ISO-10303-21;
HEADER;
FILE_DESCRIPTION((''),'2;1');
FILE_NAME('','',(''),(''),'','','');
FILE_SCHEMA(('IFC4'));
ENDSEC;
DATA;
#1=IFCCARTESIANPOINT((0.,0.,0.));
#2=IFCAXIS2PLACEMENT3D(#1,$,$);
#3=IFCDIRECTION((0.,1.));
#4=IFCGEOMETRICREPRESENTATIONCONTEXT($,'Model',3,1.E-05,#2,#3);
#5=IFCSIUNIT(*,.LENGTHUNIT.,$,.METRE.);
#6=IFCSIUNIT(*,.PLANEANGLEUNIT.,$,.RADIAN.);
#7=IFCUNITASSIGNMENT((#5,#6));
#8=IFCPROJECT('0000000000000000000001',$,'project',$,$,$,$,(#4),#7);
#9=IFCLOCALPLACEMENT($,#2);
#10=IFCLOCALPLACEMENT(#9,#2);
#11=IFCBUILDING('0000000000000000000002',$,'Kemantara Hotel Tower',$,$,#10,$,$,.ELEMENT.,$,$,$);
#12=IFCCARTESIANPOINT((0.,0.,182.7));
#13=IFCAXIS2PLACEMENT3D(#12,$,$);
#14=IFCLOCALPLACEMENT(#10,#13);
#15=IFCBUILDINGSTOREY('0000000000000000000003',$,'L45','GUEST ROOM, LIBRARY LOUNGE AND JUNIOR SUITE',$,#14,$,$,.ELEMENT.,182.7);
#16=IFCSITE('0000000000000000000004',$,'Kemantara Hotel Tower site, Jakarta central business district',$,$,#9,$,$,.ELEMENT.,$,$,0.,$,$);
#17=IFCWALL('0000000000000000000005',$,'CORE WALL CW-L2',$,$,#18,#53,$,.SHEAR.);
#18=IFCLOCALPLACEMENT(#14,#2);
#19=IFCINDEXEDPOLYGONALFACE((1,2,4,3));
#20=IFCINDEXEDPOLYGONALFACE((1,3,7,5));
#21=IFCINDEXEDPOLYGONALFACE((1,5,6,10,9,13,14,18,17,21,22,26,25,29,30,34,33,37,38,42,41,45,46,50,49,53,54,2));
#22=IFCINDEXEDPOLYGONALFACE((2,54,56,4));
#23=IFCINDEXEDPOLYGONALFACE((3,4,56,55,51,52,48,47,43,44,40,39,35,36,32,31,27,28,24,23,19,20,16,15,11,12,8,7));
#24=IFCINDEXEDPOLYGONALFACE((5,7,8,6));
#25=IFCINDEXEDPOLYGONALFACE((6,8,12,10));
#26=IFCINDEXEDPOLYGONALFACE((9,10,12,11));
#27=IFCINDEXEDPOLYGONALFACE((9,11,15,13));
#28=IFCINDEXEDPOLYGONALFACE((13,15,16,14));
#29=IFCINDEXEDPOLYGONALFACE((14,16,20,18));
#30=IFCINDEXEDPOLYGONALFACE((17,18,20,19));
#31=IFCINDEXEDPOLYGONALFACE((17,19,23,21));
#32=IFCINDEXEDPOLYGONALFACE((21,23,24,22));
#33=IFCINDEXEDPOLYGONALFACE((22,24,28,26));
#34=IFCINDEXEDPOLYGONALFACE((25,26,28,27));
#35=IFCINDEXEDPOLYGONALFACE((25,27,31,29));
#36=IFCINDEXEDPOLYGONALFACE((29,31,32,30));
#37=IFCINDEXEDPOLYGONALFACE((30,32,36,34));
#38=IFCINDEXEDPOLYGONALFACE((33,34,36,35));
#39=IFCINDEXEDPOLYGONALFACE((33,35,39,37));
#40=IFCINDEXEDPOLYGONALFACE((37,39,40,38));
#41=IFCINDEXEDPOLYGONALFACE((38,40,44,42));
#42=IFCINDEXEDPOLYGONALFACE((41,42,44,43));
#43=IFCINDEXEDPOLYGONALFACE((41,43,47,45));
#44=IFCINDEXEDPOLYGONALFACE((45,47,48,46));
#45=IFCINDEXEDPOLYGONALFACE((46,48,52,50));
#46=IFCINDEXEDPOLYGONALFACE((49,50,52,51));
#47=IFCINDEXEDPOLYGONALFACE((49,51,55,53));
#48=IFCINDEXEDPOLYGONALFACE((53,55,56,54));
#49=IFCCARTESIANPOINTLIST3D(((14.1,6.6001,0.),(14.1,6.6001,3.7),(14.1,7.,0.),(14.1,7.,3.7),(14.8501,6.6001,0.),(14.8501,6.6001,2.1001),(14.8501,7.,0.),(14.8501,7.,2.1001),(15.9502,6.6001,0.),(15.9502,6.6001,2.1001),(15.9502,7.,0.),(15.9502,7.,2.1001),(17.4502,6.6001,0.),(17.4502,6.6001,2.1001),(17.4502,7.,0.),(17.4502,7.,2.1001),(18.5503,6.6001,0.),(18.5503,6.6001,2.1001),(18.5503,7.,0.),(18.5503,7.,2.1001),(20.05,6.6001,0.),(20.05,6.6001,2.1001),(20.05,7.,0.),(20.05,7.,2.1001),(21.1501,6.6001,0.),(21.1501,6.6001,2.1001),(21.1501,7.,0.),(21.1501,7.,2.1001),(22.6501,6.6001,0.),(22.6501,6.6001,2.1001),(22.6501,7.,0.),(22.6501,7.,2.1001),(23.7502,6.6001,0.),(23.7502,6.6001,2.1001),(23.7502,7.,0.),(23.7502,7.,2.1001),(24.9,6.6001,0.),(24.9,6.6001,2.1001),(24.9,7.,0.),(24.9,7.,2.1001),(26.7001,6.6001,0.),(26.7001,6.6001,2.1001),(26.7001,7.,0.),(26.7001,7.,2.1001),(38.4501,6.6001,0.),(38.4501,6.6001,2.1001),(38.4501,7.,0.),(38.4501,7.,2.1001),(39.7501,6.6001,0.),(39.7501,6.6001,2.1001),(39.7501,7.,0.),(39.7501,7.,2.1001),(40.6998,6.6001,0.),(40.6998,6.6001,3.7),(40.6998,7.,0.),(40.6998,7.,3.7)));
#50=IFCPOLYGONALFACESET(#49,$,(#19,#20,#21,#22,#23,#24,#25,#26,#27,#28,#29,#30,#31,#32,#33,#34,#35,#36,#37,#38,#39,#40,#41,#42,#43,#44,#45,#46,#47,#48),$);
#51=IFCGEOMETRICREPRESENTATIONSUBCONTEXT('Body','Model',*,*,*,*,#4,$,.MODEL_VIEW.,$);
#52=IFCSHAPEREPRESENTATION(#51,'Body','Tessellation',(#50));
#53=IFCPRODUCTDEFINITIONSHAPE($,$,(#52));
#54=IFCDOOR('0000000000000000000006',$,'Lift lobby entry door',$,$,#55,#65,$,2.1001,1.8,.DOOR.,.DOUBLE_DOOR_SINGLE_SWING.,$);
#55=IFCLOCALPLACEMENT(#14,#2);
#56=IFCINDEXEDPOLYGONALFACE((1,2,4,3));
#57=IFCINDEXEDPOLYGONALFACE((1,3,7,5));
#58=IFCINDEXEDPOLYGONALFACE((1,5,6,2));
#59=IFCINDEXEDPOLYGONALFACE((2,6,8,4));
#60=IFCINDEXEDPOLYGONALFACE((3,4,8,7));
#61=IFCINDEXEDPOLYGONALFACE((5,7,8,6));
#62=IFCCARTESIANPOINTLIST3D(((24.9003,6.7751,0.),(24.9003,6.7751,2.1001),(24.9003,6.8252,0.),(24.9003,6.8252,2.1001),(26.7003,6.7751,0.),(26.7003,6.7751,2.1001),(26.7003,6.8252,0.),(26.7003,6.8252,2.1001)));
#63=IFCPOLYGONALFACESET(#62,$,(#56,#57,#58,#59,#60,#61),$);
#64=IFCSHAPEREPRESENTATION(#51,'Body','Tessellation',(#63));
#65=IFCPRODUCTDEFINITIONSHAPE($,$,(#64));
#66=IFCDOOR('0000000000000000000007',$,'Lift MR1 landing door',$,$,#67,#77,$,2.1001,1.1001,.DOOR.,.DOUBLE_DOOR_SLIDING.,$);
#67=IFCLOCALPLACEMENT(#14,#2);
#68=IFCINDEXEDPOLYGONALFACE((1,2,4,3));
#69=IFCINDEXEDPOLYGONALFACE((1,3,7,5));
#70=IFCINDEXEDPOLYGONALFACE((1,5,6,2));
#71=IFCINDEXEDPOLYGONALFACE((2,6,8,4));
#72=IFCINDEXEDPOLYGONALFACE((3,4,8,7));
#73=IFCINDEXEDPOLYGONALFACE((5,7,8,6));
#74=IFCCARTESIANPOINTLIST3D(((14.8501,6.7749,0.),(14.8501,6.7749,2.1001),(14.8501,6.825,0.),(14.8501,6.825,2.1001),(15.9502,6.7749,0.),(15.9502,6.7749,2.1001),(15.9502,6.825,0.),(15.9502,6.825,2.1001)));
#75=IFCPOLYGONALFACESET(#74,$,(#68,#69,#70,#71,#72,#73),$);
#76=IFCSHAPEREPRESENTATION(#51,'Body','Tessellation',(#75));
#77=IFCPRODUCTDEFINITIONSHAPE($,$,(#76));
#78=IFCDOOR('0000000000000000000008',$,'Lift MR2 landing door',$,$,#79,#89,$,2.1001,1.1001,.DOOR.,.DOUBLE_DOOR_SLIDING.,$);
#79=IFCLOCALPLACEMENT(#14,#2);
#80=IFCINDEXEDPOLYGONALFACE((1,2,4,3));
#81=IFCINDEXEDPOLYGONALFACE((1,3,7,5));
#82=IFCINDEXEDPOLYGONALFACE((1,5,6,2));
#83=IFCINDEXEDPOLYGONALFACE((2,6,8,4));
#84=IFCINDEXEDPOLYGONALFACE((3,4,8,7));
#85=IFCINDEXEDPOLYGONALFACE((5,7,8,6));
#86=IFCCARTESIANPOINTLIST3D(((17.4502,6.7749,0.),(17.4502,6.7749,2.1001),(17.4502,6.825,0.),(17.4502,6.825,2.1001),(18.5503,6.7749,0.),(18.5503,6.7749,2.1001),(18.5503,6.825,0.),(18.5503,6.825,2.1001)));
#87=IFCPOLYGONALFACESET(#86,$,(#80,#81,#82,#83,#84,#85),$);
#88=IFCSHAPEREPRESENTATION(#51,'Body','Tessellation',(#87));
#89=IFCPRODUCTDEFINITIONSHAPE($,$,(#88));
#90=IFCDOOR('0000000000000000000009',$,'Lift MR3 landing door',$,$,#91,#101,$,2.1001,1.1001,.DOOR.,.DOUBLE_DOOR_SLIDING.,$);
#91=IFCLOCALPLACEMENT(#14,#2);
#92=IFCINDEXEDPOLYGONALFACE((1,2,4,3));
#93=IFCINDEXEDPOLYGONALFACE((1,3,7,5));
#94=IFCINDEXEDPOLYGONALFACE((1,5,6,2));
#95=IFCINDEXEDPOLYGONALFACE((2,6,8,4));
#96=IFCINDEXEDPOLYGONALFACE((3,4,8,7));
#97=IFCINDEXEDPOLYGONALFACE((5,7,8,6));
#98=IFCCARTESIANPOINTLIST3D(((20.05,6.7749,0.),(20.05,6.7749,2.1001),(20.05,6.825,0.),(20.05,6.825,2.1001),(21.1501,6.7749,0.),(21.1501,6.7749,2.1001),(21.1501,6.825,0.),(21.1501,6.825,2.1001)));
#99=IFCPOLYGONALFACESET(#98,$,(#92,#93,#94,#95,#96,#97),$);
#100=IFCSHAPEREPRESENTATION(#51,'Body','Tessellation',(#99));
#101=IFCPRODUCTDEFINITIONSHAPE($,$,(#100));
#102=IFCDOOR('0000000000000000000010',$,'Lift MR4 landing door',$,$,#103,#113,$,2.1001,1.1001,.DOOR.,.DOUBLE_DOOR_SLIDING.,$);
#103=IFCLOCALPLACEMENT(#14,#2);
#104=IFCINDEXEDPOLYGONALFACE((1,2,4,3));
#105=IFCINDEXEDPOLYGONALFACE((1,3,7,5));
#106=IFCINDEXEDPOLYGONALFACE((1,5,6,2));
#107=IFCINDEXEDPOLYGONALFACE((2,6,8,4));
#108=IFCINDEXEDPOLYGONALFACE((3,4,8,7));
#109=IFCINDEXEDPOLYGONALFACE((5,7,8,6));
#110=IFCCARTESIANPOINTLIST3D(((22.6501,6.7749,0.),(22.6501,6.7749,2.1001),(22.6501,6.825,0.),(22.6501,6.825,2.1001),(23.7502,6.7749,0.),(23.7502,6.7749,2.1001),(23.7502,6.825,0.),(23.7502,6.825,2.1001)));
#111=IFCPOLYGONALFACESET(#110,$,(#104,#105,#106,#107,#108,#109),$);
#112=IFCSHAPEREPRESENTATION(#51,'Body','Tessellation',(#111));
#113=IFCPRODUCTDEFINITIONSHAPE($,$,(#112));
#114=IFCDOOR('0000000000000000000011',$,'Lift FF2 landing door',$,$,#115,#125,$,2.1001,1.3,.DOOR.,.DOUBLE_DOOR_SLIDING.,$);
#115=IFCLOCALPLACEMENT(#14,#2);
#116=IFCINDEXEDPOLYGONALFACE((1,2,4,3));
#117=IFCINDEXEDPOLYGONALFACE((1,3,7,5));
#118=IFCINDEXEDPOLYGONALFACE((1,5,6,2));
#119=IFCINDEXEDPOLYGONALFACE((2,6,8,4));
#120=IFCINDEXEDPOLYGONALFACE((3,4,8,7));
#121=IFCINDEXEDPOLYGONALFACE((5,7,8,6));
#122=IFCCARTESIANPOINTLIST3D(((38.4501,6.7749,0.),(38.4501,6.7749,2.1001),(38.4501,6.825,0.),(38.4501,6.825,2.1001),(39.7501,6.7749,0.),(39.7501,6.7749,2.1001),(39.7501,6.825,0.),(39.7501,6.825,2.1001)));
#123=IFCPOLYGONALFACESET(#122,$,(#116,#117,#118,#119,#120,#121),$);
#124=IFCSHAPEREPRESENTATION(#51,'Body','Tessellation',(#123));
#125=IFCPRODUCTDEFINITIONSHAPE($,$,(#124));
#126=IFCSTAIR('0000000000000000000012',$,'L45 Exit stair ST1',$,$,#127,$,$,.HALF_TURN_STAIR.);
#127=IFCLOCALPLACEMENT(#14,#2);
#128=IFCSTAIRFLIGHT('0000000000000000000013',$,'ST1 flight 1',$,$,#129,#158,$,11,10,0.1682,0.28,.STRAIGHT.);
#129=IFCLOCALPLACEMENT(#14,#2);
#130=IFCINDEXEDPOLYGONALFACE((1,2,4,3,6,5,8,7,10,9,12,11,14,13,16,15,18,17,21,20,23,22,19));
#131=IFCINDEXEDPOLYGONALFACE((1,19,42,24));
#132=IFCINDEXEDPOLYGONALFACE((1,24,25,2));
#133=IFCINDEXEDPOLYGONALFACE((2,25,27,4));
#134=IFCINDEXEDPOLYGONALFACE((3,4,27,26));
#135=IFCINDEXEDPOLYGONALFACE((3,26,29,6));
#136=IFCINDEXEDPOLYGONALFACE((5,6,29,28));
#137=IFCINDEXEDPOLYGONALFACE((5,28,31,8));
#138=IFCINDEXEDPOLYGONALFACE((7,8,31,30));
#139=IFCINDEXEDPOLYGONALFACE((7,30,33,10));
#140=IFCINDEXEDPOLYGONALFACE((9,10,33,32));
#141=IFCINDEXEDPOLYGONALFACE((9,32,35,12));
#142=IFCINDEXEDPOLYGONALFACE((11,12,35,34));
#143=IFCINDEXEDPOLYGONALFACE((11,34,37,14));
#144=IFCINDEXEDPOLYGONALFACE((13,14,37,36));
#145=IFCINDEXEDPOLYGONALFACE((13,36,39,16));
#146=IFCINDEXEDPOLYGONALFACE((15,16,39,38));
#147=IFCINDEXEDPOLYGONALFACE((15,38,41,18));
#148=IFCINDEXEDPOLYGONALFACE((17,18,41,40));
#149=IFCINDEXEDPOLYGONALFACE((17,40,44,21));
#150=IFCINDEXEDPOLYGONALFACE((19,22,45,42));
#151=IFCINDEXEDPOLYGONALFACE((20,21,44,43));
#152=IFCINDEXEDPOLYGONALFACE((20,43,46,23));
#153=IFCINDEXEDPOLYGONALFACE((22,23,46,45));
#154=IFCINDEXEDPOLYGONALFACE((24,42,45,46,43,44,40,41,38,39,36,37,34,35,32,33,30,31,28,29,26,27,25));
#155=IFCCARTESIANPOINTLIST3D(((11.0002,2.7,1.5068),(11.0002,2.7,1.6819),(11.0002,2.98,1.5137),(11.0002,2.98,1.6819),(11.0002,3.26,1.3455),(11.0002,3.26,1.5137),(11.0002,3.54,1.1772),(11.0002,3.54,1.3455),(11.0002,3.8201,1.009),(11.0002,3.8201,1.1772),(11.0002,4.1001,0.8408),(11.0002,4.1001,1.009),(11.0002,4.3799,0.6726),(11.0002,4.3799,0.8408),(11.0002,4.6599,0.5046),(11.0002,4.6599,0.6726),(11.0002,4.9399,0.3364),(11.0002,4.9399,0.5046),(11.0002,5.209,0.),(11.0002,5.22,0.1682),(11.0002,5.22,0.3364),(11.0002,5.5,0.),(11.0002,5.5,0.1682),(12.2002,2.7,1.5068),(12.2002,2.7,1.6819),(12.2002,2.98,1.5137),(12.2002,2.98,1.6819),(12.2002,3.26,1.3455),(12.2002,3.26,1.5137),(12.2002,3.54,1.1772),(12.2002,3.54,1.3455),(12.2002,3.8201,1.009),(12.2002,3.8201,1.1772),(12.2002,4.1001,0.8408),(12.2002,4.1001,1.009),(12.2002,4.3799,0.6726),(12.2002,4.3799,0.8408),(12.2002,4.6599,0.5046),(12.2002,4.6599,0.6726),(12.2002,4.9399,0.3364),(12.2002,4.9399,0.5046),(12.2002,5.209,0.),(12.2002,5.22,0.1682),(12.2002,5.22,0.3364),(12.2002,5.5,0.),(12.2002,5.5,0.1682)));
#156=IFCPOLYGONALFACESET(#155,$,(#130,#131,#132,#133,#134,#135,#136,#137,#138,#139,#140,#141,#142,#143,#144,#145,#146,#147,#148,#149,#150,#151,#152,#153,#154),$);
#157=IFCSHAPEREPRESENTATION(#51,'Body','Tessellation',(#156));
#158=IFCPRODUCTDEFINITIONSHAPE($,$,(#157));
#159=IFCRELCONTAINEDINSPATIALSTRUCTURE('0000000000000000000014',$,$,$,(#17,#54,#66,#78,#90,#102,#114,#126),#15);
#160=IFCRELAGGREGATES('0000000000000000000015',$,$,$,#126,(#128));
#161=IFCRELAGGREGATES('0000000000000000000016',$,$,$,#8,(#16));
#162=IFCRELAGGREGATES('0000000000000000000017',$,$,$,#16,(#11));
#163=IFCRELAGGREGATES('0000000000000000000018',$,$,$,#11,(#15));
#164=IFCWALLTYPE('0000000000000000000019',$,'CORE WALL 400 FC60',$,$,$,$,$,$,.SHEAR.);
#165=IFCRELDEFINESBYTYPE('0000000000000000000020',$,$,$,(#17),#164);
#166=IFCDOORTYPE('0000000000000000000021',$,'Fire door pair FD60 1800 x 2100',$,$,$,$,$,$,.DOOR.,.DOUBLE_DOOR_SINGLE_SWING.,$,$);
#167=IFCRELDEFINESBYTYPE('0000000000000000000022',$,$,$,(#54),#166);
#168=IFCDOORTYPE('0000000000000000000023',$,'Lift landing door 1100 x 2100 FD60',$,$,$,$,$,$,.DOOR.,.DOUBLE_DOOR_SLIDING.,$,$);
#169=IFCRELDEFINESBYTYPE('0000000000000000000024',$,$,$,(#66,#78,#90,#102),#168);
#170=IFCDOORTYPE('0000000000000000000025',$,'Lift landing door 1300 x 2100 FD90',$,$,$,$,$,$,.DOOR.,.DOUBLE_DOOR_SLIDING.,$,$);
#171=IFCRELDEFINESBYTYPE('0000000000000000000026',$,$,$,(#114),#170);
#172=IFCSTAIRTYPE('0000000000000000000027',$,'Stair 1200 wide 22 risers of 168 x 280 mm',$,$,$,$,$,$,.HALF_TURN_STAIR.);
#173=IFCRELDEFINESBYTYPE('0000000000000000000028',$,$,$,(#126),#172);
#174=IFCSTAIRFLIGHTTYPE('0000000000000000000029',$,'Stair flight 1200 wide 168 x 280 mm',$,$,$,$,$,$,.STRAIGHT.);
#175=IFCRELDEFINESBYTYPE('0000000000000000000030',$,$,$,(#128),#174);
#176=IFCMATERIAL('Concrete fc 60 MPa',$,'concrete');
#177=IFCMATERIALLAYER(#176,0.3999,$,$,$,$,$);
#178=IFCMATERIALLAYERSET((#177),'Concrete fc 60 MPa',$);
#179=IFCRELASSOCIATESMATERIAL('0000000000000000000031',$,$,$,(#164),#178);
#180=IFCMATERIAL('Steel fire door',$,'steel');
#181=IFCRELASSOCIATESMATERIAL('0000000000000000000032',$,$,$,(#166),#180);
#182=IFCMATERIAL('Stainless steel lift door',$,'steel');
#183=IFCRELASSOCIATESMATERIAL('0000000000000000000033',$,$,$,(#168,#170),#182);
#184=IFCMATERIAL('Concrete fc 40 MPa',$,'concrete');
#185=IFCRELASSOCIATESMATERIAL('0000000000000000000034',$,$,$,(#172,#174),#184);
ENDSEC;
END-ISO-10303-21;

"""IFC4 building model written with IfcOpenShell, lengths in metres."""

from ifc_helpers import new_model, si_unit, direction, frame, frame_2d, origin, place, context, subcontext, project, spatial, polyline, rectangle, outline, extrude, material, layer, layer_set, type_object, element, fill, aggregate, save


model = new_model("IFC4")

# Units and contexts
model_context = context("Model", 3, precision=1e-05, world=origin(), true_north=direction((0.0, 1.0)))
body_context = subcontext(model_context, "Body", "Model", "MODEL_VIEW")
ifc_project = project(units=[si_unit("LENGTHUNIT", "METRE"), si_unit("PLANEANGLEUNIT", "RADIAN")], contexts=[model_context])

# Site, building, storey
site_placement = place(None, origin())
site = spatial("IfcSite", under=ifc_project, at=site_placement, Name="Kemantara Hotel Tower site, Jakarta central business district", CompositionType="ELEMENT", RefElevation=0.0)
building_placement = place(site_placement, origin())
building = spatial("IfcBuilding", under=site, at=building_placement, Name="Kemantara Hotel Tower", CompositionType="ELEMENT")
storey_placement = place(building_placement, frame((0.0, 0.0, 182.7)))
storey = spatial("IfcBuildingStorey", under=building, at=storey_placement, Name="L45", Description="GUEST ROOM, LIBRARY LOUNGE AND JUNIOR SUITE", CompositionType="ELEMENT", Elevation=182.7)

# Shared definitions
ifc_material_1 = material(Name="Concrete fc 60 MPa", Category="concrete")

# Shared definitions
ifc_layer_1 = layer(ifc_material_1, 0.3999)
ifc_layer_set_1 = layer_set([ifc_layer_1], Name="Concrete fc 60 MPa")
wall_type_1 = type_object("IfcWallType", Name="CORE WALL 400 FC60", PredefinedType="SHEAR", material=ifc_layer_set_1)
ifc_material_2 = material(Name="Steel fire door", Category="steel")

# Wall, openings, doors
wall_1_placement = place(storey_placement, frame((14.1001, 6.8, 0.0), z_axis=(0.0, 0.0, 1.0), x_axis=(1.0, 0.0, 0.0)))
wall_1 = element("IfcWall", 1, at=wall_1_placement, inside=storey, type_object=wall_type_1, Name="CORE WALL CW-L2", PredefinedType="SHEAR", context=body_context, shape_type="SweptSolid", body=[
    extrude(rectangle(XDim=26.5999, YDim=0.3999, at=frame_2d((13.2998, 0.0))), origin(), (0.0, 0.0, 1.0), 3.7),
])
opening_1_placement = place(wall_1_placement, frame((10.8, 0.0, 0.0)))
opening_1 = element("IfcOpeningElement", 2, at=opening_1_placement, cuts=wall_1, PredefinedType="OPENING", context=body_context, shape_type="SweptSolid", body=[
    extrude(rectangle(XDim=1.8, YDim=2.1001, at=frame_2d((0.8999, 1.05))), frame((0.0, 0.21, 0.0), z_axis=(0.0, -1.0, 0.0), x_axis=(1.0, 0.0, 0.0)), (0.0, 0.0, 1.0), 0.4199),
])
opening_2_placement = place(wall_1_placement, frame((0.75, 0.0, 0.0)))
opening_2 = element("IfcOpeningElement", 3, at=opening_2_placement, cuts=wall_1, PredefinedType="OPENING", context=body_context, shape_type="SweptSolid", body=[
    extrude(rectangle(XDim=1.1001, YDim=2.1001, at=frame_2d((0.55, 1.05))), frame((0.0, 0.21, 0.0), z_axis=(0.0, -1.0, 0.0), x_axis=(1.0, 0.0, 0.0)), (0.0, 0.0, 1.0), 0.4199),
])
opening_3_placement = place(wall_1_placement, frame((3.3501, 0.0, 0.0)))
opening_3 = element("IfcOpeningElement", 4, at=opening_3_placement, cuts=wall_1, PredefinedType="OPENING", context=body_context, shape_type="SweptSolid", body=[
    extrude(rectangle(XDim=1.1001, YDim=2.1001, at=frame_2d((0.55, 1.05))), frame((0.0, 0.21, 0.0), z_axis=(0.0, -1.0, 0.0), x_axis=(1.0, 0.0, 0.0)), (0.0, 0.0, 1.0), 0.4199),
])
opening_4_placement = place(wall_1_placement, frame((5.95, 0.0, 0.0)))
opening_4 = element("IfcOpeningElement", 5, at=opening_4_placement, cuts=wall_1, PredefinedType="OPENING", context=body_context, shape_type="SweptSolid", body=[
    extrude(rectangle(XDim=1.1001, YDim=2.1001, at=frame_2d((0.55, 1.05))), frame((0.0, 0.21, 0.0), z_axis=(0.0, -1.0, 0.0), x_axis=(1.0, 0.0, 0.0)), (0.0, 0.0, 1.0), 0.4199),
])
opening_5_placement = place(wall_1_placement, frame((8.55, 0.0, 0.0)))
opening_5 = element("IfcOpeningElement", 6, at=opening_5_placement, cuts=wall_1, PredefinedType="OPENING", context=body_context, shape_type="SweptSolid", body=[
    extrude(rectangle(XDim=1.1001, YDim=2.1001, at=frame_2d((0.55, 1.05))), frame((0.0, 0.21, 0.0), z_axis=(0.0, -1.0, 0.0), x_axis=(1.0, 0.0, 0.0)), (0.0, 0.0, 1.0), 0.4199),
])
opening_6_placement = place(wall_1_placement, frame((24.3501, 0.0, 0.0)))
opening_6 = element("IfcOpeningElement", 7, at=opening_6_placement, cuts=wall_1, PredefinedType="OPENING", context=body_context, shape_type="SweptSolid", body=[
    extrude(rectangle(XDim=1.3, YDim=2.1001, at=frame_2d((0.6499, 1.05))), frame((0.0, 0.21, 0.0), z_axis=(0.0, -1.0, 0.0), x_axis=(1.0, 0.0, 0.0)), (0.0, 0.0, 1.0), 0.4199),
])
door_type_1 = type_object("IfcDoorType", Name="Fire door pair FD60 1800 x 2100", OperationType="DOUBLE_DOOR_SINGLE_SWING", PredefinedType="DOOR", material=ifc_material_2)
door_1_placement = place(opening_1_placement, frame((1.8, 0.0, 0.0), z_axis=(0.0, 0.0, 1.0), x_axis=(-1.0, 0.0, 0.0)))
door_1 = element("IfcDoor", 8, at=door_1_placement, inside=storey, type_object=door_type_1, Name="Lift lobby entry door", OperationType="DOUBLE_DOOR_SINGLE_SWING", OverallHeight=2.1001, OverallWidth=1.8, PredefinedType="DOOR", context=body_context, shape_type="SweptSolid", body=[
    extrude(rectangle(XDim=1.8, YDim=2.1001, at=frame_2d((0.8999, 1.05))), frame((0.0, 0.0249, 0.0), z_axis=(0.0, -1.0, 0.0), x_axis=(1.0, 0.0, 0.0)), (0.0, 0.0, 1.0), 0.05),
])
fill(opening_1, door_1)
ifc_material_3 = material(Name="Stainless steel lift door", Category="steel")
door_type_2 = type_object("IfcDoorType", Name="Lift landing door 1100 x 2100 FD60", OperationType="DOUBLE_DOOR_SLIDING", PredefinedType="DOOR", material=ifc_material_3)
door_2_placement = place(opening_2_placement, origin())
door_2 = element("IfcDoor", 9, at=door_2_placement, inside=storey, type_object=door_type_2, Name="Lift MR1 landing door", OperationType="DOUBLE_DOOR_SLIDING", OverallHeight=2.1001, OverallWidth=1.1001, PredefinedType="DOOR", context=body_context, shape_type="SweptSolid", body=[
    extrude(rectangle(XDim=1.1001, YDim=2.1001, at=frame_2d((0.55, 1.05))), frame((0.0, 0.0249, 0.0), z_axis=(0.0, -1.0, 0.0), x_axis=(1.0, 0.0, 0.0)), (0.0, 0.0, 1.0), 0.05),
])
fill(opening_2, door_2)
door_3_placement = place(opening_3_placement, origin())
door_3 = element("IfcDoor", 10, at=door_3_placement, inside=storey, type_object=door_type_2, Name="Lift MR2 landing door", OperationType="DOUBLE_DOOR_SLIDING", OverallHeight=2.1001, OverallWidth=1.1001, PredefinedType="DOOR", context=body_context, shape_type="SweptSolid", body=[
    extrude(rectangle(XDim=1.1001, YDim=2.1001, at=frame_2d((0.55, 1.05))), frame((0.0, 0.0249, 0.0), z_axis=(0.0, -1.0, 0.0), x_axis=(1.0, 0.0, 0.0)), (0.0, 0.0, 1.0), 0.05),
])
fill(opening_3, door_3)
door_4_placement = place(opening_4_placement, origin())
door_4 = element("IfcDoor", 11, at=door_4_placement, inside=storey, type_object=door_type_2, Name="Lift MR3 landing door", OperationType="DOUBLE_DOOR_SLIDING", OverallHeight=2.1001, OverallWidth=1.1001, PredefinedType="DOOR", context=body_context, shape_type="SweptSolid", body=[
    extrude(rectangle(XDim=1.1001, YDim=2.1001, at=frame_2d((0.55, 1.05))), frame((0.0, 0.0249, 0.0), z_axis=(0.0, -1.0, 0.0), x_axis=(1.0, 0.0, 0.0)), (0.0, 0.0, 1.0), 0.05),
])
fill(opening_4, door_4)
door_5_placement = place(opening_5_placement, origin())
door_5 = element("IfcDoor", 12, at=door_5_placement, inside=storey, type_object=door_type_2, Name="Lift MR4 landing door", OperationType="DOUBLE_DOOR_SLIDING", OverallHeight=2.1001, OverallWidth=1.1001, PredefinedType="DOOR", context=body_context, shape_type="SweptSolid", body=[
    extrude(rectangle(XDim=1.1001, YDim=2.1001, at=frame_2d((0.55, 1.05))), frame((0.0, 0.0249, 0.0), z_axis=(0.0, -1.0, 0.0), x_axis=(1.0, 0.0, 0.0)), (0.0, 0.0, 1.0), 0.05),
])
fill(opening_5, door_5)
door_type_3 = type_object("IfcDoorType", Name="Lift landing door 1300 x 2100 FD90", OperationType="DOUBLE_DOOR_SLIDING", PredefinedType="DOOR", material=ifc_material_3)
door_6_placement = place(opening_6_placement, origin())
door_6 = element("IfcDoor", 13, at=door_6_placement, inside=storey, type_object=door_type_3, Name="Lift FF2 landing door", OperationType="DOUBLE_DOOR_SLIDING", OverallHeight=2.1001, OverallWidth=1.3, PredefinedType="DOOR", context=body_context, shape_type="SweptSolid", body=[
    extrude(rectangle(XDim=1.3, YDim=2.1001, at=frame_2d((0.6499, 1.05))), frame((0.0, 0.0249, 0.0), z_axis=(0.0, -1.0, 0.0), x_axis=(1.0, 0.0, 0.0)), (0.0, 0.0, 1.0), 0.05),
])
fill(opening_6, door_6)

# Stair, stair flight
ifc_material_4 = material(Name="Concrete fc 40 MPa", Category="concrete")
stair_type = type_object("IfcStairType", Name="Stair 1200 wide 22 risers of 168 x 280 mm", PredefinedType="HALF_TURN_STAIR", material=ifc_material_4)
stair_placement = place(storey_placement, origin())
stair = element("IfcStair", 14, at=stair_placement, inside=storey, type_object=stair_type, Name="L45 Exit stair ST1", PredefinedType="HALF_TURN_STAIR")
stair_flight_type = type_object("IfcStairFlightType", Name="Stair flight 1200 wide 168 x 280 mm", PredefinedType="STRAIGHT", material=ifc_material_4)
stair_flight_placement = place(storey_placement, frame((11.6001, 5.5, 0.0), z_axis=(0.0, 0.0, 1.0), x_axis=(0.0, -1.0, 0.0)))
stair_flight = element("IfcStairFlight", 15, at=stair_flight_placement, type_object=stair_flight_type, Name="ST1 flight 1", NumberOfRisers=11, NumberOfTreads=10, PredefinedType="STRAIGHT", RiserHeight=0.1682, TreadLength=0.28, context=body_context, shape_type="SweptSolid", body=[
    extrude(outline(polyline([(0.0, 0.0), (0.0, 0.1682), (0.28, 0.1682), (0.28, 0.3364), (0.5601, 0.3364), (0.5601, 0.5046), (0.8401, 0.5046), (0.8401, 0.6726), (1.1201, 0.6726), (1.1201, 0.8408), (1.3999, 0.8408), (1.3999, 1.009), (1.6799, 1.009), (1.6799, 1.1772), (1.96, 1.1772), (1.96, 1.3455), (2.24, 1.3455), (2.24, 1.5137), (2.52, 1.5137), (2.52, 1.6819), (2.8, 1.6819), (2.8, 1.8501), (2.8, 1.5068), (0.291, 0.0), (0.0, 0.0)])), frame((0.0, 0.6001, 0.0), z_axis=(0.0, -1.0, 0.0), x_axis=(1.0, 0.0, 0.0)), (0.0, 0.0, 1.0), 1.2),
])
aggregate(stair, [stair_flight])

save(model, "model.ifc")
